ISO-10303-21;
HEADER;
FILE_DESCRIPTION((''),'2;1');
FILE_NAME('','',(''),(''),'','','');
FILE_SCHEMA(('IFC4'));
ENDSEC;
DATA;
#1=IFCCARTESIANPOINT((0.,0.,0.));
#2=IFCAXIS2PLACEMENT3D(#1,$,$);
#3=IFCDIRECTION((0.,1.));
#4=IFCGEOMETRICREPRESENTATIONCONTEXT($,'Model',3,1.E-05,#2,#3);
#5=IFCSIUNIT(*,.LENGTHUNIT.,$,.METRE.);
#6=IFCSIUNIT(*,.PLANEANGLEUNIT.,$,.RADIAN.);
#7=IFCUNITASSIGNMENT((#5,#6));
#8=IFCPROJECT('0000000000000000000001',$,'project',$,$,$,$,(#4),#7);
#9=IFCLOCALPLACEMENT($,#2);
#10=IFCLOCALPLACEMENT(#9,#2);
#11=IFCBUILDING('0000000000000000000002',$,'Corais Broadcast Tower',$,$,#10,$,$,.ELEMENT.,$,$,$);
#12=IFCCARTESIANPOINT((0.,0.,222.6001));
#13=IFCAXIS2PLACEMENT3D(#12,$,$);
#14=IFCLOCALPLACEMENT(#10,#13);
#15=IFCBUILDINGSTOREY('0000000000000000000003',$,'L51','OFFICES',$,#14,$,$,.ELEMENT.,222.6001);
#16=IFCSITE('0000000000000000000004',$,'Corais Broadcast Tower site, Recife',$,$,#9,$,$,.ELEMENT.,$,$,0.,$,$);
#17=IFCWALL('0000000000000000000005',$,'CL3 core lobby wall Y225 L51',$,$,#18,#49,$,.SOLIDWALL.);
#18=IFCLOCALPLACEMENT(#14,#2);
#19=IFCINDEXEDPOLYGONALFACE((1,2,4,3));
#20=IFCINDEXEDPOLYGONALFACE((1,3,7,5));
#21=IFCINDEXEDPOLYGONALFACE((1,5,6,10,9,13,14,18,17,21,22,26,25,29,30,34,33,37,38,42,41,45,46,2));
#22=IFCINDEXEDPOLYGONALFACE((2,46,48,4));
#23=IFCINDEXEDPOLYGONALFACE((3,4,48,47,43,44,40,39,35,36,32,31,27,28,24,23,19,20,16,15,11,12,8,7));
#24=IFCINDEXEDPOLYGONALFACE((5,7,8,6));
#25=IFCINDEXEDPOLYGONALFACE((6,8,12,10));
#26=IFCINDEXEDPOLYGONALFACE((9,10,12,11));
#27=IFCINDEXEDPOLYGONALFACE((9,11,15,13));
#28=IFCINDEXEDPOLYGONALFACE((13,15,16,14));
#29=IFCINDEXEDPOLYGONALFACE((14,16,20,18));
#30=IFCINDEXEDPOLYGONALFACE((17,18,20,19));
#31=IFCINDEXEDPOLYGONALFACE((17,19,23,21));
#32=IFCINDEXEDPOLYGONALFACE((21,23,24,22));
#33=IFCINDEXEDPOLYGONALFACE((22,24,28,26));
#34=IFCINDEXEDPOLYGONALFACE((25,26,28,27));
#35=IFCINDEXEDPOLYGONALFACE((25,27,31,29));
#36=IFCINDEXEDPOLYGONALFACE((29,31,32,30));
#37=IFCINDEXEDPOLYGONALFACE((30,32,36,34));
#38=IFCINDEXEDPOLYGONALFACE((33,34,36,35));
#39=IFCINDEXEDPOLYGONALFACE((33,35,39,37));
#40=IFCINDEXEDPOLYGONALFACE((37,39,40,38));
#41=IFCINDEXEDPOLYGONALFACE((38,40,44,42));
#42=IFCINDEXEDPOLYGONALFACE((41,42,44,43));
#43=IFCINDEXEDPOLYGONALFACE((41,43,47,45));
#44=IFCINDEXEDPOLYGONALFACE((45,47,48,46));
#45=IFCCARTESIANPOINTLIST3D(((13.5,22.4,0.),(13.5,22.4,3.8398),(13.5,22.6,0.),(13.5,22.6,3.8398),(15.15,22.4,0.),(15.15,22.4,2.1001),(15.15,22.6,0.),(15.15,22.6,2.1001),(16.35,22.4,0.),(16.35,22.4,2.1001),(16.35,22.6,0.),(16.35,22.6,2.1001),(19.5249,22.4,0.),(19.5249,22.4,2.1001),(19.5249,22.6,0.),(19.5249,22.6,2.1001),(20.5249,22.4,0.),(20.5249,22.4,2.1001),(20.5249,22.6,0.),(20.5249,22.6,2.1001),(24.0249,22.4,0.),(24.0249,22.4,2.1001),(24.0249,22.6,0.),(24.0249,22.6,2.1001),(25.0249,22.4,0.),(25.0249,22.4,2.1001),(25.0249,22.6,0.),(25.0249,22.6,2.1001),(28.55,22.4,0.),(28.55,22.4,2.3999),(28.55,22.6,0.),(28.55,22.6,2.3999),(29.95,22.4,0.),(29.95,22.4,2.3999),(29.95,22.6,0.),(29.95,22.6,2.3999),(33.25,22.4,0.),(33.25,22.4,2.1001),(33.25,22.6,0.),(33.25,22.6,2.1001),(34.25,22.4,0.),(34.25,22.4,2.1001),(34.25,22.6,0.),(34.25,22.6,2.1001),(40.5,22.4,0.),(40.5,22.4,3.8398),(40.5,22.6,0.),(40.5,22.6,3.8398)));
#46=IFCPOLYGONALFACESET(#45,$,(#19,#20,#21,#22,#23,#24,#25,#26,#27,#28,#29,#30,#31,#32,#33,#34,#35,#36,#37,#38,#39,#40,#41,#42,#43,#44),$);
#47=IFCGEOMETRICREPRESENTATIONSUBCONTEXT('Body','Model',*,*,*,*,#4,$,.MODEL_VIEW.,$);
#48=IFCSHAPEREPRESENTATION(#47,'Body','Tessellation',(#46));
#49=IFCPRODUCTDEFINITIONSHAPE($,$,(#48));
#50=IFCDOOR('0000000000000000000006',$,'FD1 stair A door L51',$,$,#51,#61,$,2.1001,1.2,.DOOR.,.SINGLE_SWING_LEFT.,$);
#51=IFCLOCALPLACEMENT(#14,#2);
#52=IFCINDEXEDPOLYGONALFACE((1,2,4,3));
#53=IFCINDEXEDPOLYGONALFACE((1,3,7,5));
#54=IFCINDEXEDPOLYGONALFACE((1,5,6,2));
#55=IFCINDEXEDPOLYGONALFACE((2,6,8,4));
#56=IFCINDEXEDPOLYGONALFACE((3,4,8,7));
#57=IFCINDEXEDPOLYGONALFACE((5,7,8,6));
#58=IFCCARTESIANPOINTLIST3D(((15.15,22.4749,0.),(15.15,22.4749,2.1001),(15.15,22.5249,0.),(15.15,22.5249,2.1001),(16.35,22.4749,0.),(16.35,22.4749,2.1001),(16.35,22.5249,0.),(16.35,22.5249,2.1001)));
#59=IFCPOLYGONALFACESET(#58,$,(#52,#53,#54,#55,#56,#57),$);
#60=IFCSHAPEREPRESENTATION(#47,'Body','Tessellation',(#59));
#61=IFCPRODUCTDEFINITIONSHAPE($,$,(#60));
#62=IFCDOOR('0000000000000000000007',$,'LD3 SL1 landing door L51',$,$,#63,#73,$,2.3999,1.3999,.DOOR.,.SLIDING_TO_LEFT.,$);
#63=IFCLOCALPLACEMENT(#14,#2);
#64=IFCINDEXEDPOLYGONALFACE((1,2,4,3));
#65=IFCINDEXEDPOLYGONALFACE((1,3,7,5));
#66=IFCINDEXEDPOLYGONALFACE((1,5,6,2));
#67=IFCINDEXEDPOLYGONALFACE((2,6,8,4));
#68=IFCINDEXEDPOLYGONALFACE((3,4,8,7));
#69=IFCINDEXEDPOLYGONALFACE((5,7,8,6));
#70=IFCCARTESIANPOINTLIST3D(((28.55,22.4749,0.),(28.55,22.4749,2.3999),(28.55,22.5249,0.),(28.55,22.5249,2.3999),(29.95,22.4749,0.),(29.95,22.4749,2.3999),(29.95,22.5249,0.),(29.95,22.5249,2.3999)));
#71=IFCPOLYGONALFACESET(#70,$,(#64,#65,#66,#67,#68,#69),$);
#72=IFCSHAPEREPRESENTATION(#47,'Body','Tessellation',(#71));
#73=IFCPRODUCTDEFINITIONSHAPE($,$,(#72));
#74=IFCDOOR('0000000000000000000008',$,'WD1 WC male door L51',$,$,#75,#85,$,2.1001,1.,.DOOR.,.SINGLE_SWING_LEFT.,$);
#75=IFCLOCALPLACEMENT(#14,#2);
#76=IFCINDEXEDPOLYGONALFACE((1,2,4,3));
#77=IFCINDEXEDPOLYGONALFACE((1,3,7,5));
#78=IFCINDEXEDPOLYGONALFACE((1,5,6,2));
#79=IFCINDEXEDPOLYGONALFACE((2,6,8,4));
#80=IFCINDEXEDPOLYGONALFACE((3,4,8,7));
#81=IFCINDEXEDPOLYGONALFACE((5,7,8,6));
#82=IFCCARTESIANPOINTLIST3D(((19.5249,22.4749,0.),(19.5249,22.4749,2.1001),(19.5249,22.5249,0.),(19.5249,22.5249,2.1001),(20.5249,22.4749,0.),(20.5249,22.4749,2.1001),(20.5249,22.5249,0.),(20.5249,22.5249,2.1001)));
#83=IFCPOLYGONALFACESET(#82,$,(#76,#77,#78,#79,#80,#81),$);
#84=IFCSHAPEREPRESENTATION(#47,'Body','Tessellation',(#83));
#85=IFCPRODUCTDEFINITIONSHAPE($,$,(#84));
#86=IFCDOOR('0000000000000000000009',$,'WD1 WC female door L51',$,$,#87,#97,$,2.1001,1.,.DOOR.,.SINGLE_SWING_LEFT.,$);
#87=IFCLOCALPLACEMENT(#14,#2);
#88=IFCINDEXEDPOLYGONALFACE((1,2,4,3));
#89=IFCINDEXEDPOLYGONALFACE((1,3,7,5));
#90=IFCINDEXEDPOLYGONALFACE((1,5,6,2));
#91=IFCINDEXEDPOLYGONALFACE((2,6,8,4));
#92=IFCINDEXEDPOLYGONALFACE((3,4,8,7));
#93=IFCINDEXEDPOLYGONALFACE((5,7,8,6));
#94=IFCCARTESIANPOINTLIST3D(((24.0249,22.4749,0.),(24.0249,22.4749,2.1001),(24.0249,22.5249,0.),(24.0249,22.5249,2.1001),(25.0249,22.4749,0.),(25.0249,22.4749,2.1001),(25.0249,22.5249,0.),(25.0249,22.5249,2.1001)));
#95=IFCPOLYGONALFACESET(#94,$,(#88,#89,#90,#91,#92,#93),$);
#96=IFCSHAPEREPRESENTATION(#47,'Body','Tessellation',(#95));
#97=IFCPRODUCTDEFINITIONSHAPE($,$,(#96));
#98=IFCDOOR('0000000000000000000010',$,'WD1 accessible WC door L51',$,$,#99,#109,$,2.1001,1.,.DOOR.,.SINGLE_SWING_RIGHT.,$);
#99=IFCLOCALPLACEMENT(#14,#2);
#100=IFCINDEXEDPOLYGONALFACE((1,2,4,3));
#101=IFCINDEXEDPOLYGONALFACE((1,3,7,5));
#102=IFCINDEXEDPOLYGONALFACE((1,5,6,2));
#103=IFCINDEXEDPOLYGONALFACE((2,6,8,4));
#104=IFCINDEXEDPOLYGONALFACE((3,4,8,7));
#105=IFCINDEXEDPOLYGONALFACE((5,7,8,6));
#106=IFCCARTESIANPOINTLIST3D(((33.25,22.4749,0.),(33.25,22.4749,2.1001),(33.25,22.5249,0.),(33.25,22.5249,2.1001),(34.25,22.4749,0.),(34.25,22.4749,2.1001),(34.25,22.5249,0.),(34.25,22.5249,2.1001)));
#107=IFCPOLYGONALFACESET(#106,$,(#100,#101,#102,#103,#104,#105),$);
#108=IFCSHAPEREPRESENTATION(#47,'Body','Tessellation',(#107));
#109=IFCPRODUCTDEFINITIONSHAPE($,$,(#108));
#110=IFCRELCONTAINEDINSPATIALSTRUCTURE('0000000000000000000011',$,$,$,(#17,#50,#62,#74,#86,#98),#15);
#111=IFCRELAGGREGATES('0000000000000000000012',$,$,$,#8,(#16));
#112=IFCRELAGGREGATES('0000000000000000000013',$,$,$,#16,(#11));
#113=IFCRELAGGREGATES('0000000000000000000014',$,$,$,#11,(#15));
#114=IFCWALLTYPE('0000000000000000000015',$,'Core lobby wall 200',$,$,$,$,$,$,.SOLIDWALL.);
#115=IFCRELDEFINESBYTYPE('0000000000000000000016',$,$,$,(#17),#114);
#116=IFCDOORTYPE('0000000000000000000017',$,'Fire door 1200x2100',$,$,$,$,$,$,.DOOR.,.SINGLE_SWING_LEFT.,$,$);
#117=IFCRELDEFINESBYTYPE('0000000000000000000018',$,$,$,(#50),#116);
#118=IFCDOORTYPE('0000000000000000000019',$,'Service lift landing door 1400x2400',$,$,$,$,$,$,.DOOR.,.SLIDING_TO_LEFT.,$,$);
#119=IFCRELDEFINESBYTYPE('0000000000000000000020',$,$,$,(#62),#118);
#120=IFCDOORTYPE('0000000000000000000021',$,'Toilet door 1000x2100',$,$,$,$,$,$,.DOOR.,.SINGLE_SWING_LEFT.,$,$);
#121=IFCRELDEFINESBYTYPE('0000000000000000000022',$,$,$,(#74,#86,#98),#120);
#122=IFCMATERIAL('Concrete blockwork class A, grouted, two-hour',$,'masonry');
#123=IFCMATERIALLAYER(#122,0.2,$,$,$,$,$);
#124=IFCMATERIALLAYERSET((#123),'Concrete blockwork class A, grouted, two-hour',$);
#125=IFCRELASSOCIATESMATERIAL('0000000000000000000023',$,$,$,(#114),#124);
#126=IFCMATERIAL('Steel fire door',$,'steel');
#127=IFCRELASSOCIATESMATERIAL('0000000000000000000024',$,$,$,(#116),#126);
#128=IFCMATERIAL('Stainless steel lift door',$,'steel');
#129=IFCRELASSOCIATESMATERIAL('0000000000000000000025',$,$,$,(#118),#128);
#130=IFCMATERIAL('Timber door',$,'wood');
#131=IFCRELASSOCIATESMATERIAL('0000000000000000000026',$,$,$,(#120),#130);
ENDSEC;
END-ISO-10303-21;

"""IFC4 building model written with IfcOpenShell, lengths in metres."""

from ifc_helpers import new_model, si_unit, direction, frame, frame_2d, origin, place, context, subcontext, project, spatial, rectangle, extrude, material, layer, layer_set, type_object, element, fill, save


model = new_model("IFC4")

# Units and contexts
model_context = context("Model", 3, precision=1e-05, world=origin(), true_north=direction((0.0, 1.0)))
body_context = subcontext(model_context, "Body", "Model", "MODEL_VIEW")
ifc_project = project(units=[si_unit("LENGTHUNIT", "METRE"), si_unit("PLANEANGLEUNIT", "RADIAN")], contexts=[model_context])

# Site, building, storey
site_placement = place(None, origin())
site = spatial("IfcSite", under=ifc_project, at=site_placement, Name="Corais Broadcast Tower site, Recife", CompositionType="ELEMENT", RefElevation=0.0)
building_placement = place(site_placement, origin())
building = spatial("IfcBuilding", under=site, at=building_placement, Name="Corais Broadcast Tower", CompositionType="ELEMENT")
storey_placement = place(building_placement, frame((0.0, 0.0, 222.6001)))
storey = spatial("IfcBuildingStorey", under=building, at=storey_placement, Name="L51", Description="OFFICES", CompositionType="ELEMENT", Elevation=222.6001)

# Wall, openings, doors
ifc_material_1 = material(Name="Concrete blockwork class A, grouted, two-hour", Category="masonry")
ifc_layer_1 = layer(ifc_material_1, 0.2)
ifc_layer_set_1 = layer_set([ifc_layer_1], Name="Concrete blockwork class A, grouted, two-hour")
wall_type_1 = type_object("IfcWallType", Name="Core lobby wall 200", PredefinedType="SOLIDWALL", material=ifc_layer_set_1)
wall_1_placement = place(storey_placement, frame((13.5, 22.5, 0.0), z_axis=(0.0, 0.0, 1.0), x_axis=(1.0, 0.0, 0.0)))
wall_1 = element("IfcWall", 1, at=wall_1_placement, inside=storey, type_object=wall_type_1, Name="CL3 core lobby wall Y225 L51", PredefinedType="SOLIDWALL", context=body_context, shape_type="SweptSolid", body=[
    extrude(rectangle(XDim=27.0, YDim=0.2, at=frame_2d((13.5, 0.0))), origin(), (0.0, 0.0, 1.0), 3.8398),
])
opening_1_placement = place(wall_1_placement, frame((1.6499, 0.0, 0.0)))
opening_1 = element("IfcOpeningElement", 2, at=opening_1_placement, cuts=wall_1, PredefinedType="OPENING", context=body_context, shape_type="SweptSolid", body=[
    extrude(rectangle(XDim=1.2, YDim=2.1001, at=frame_2d((0.6001, 1.05))), frame((0.0, 0.1099, 0.0), z_axis=(0.0, -1.0, 0.0), x_axis=(1.0, 0.0, 0.0)), (0.0, 0.0, 1.0), 0.22),
])
opening_2_placement = place(wall_1_placement, frame((6.0249, 0.0, 0.0)))
opening_2 = element("IfcOpeningElement", 3, at=opening_2_placement, cuts=wall_1, PredefinedType="OPENING", context=body_context, shape_type="SweptSolid", body=[
    extrude(rectangle(XDim=1.0, YDim=2.1001, at=frame_2d((0.5, 1.05))), frame((0.0, 0.1099, 0.0), z_axis=(0.0, -1.0, 0.0), x_axis=(1.0, 0.0, 0.0)), (0.0, 0.0, 1.0), 0.22),
])
opening_3_placement = place(wall_1_placement, frame((10.5249, 0.0, 0.0)))
opening_3 = element("IfcOpeningElement", 4, at=opening_3_placement, cuts=wall_1, PredefinedType="OPENING", context=body_context, shape_type="SweptSolid", body=[
    extrude(rectangle(XDim=1.0, YDim=2.1001, at=frame_2d((0.5, 1.05))), frame((0.0, 0.1099, 0.0), z_axis=(0.0, -1.0, 0.0), x_axis=(1.0, 0.0, 0.0)), (0.0, 0.0, 1.0), 0.22),
])
opening_4_placement = place(wall_1_placement, frame((19.75, 0.0, 0.0)))
opening_4 = element("IfcOpeningElement", 5, at=opening_4_placement, cuts=wall_1, PredefinedType="OPENING", context=body_context, shape_type="SweptSolid", body=[
    extrude(rectangle(XDim=1.0, YDim=2.1001, at=frame_2d((0.5, 1.05))), frame((0.0, 0.1099, 0.0), z_axis=(0.0, -1.0, 0.0), x_axis=(1.0, 0.0, 0.0)), (0.0, 0.0, 1.0), 0.22),
])
opening_5_placement = place(wall_1_placement, frame((15.05, 0.0, 0.0)))
opening_5 = element("IfcOpeningElement", 6, at=opening_5_placement, cuts=wall_1, PredefinedType="OPENING", context=body_context, shape_type="SweptSolid", body=[
    extrude(rectangle(XDim=1.3999, YDim=2.3999, at=frame_2d((0.7, 1.2))), frame((0.0, 0.1099, 0.0), z_axis=(0.0, -1.0, 0.0), x_axis=(1.0, 0.0, 0.0)), (0.0, 0.0, 1.0), 0.22),
])
ifc_material_2 = material(Name="Steel fire door", Category="steel")
door_type_1 = type_object("IfcDoorType", Name="Fire door 1200x2100", OperationType="SINGLE_SWING_LEFT", PredefinedType="DOOR", material=ifc_material_2)
door_1_placement = place(opening_1_placement, origin())
door_1 = element("IfcDoor", 7, at=door_1_placement, inside=storey, type_object=door_type_1, Name="FD1 stair A door L51", OperationType="SINGLE_SWING_LEFT", OverallHeight=2.1001, OverallWidth=1.2, PredefinedType="DOOR", context=body_context, shape_type="SweptSolid", body=[
    extrude(rectangle(XDim=1.2, YDim=2.1001, at=frame_2d((0.6001, 1.05))), frame((0.0, 0.0249, 0.0), z_axis=(0.0, -1.0, 0.0), x_axis=(1.0, 0.0, 0.0)), (0.0, 0.0, 1.0), 0.05),
])
fill(opening_1, door_1)
ifc_material_3 = material(Name="Stainless steel lift door", Category="steel")
door_type_2 = type_object("IfcDoorType", Name="Service lift landing door 1400x2400", OperationType="SLIDING_TO_LEFT", PredefinedType="DOOR", material=ifc_material_3)
door_2_placement = place(opening_5_placement, origin())
door_2 = element("IfcDoor", 8, at=door_2_placement, inside=storey, type_object=door_type_2, Name="LD3 SL1 landing door L51", OperationType="SLIDING_TO_LEFT", OverallHeight=2.3999, OverallWidth=1.3999, PredefinedType="DOOR", context=body_context, shape_type="SweptSolid", body=[
    extrude(rectangle(XDim=1.3999, YDim=2.3999, at=frame_2d((0.7, 1.2))), frame((0.0, 0.0249, 0.0), z_axis=(0.0, -1.0, 0.0), x_axis=(1.0, 0.0, 0.0)), (0.0, 0.0, 1.0), 0.05),
])
fill(opening_5, door_2)
ifc_material_4 = material(Name="Timber door", Category="wood")
door_type_3 = type_object("IfcDoorType", Name="Toilet door 1000x2100", OperationType="SINGLE_SWING_LEFT", PredefinedType="DOOR", material=ifc_material_4)
door_3_placement = place(opening_2_placement, origin())
door_3 = element("IfcDoor", 9, at=door_3_placement, inside=storey, type_object=door_type_3, Name="WD1 WC male door L51", OperationType="SINGLE_SWING_LEFT", OverallHeight=2.1001, OverallWidth=1.0, PredefinedType="DOOR", context=body_context, shape_type="SweptSolid", body=[
    extrude(rectangle(XDim=1.0, YDim=2.1001, at=frame_2d((0.5, 1.05))), frame((0.0, 0.0249, 0.0), z_axis=(0.0, -1.0, 0.0), x_axis=(1.0, 0.0, 0.0)), (0.0, 0.0, 1.0), 0.05),
])
fill(opening_2, door_3)
door_4_placement = place(opening_3_placement, origin())
door_4 = element("IfcDoor", 10, at=door_4_placement, inside=storey, type_object=door_type_3, Name="WD1 WC female door L51", OperationType="SINGLE_SWING_LEFT", OverallHeight=2.1001, OverallWidth=1.0, PredefinedType="DOOR", context=body_context, shape_type="SweptSolid", body=[
    extrude(rectangle(XDim=1.0, YDim=2.1001, at=frame_2d((0.5, 1.05))), frame((0.0, 0.0249, 0.0), z_axis=(0.0, -1.0, 0.0), x_axis=(1.0, 0.0, 0.0)), (0.0, 0.0, 1.0), 0.05),
])
fill(opening_3, door_4)
door_5_placement = place(opening_4_placement, origin())
door_5 = element("IfcDoor", 11, at=door_5_placement, inside=storey, type_object=door_type_3, Name="WD1 accessible WC door L51", OperationType="SINGLE_SWING_RIGHT", OverallHeight=2.1001, OverallWidth=1.0, PredefinedType="DOOR", context=body_context, shape_type="SweptSolid", body=[
    extrude(rectangle(XDim=1.0, YDim=2.1001, at=frame_2d((0.5, 1.05))), frame((0.0, 0.0249, 0.0), z_axis=(0.0, -1.0, 0.0), x_axis=(1.0, 0.0, 0.0)), (0.0, 0.0, 1.0), 0.05),
])
fill(opening_4, door_5)

save(model, "model.ifc")
